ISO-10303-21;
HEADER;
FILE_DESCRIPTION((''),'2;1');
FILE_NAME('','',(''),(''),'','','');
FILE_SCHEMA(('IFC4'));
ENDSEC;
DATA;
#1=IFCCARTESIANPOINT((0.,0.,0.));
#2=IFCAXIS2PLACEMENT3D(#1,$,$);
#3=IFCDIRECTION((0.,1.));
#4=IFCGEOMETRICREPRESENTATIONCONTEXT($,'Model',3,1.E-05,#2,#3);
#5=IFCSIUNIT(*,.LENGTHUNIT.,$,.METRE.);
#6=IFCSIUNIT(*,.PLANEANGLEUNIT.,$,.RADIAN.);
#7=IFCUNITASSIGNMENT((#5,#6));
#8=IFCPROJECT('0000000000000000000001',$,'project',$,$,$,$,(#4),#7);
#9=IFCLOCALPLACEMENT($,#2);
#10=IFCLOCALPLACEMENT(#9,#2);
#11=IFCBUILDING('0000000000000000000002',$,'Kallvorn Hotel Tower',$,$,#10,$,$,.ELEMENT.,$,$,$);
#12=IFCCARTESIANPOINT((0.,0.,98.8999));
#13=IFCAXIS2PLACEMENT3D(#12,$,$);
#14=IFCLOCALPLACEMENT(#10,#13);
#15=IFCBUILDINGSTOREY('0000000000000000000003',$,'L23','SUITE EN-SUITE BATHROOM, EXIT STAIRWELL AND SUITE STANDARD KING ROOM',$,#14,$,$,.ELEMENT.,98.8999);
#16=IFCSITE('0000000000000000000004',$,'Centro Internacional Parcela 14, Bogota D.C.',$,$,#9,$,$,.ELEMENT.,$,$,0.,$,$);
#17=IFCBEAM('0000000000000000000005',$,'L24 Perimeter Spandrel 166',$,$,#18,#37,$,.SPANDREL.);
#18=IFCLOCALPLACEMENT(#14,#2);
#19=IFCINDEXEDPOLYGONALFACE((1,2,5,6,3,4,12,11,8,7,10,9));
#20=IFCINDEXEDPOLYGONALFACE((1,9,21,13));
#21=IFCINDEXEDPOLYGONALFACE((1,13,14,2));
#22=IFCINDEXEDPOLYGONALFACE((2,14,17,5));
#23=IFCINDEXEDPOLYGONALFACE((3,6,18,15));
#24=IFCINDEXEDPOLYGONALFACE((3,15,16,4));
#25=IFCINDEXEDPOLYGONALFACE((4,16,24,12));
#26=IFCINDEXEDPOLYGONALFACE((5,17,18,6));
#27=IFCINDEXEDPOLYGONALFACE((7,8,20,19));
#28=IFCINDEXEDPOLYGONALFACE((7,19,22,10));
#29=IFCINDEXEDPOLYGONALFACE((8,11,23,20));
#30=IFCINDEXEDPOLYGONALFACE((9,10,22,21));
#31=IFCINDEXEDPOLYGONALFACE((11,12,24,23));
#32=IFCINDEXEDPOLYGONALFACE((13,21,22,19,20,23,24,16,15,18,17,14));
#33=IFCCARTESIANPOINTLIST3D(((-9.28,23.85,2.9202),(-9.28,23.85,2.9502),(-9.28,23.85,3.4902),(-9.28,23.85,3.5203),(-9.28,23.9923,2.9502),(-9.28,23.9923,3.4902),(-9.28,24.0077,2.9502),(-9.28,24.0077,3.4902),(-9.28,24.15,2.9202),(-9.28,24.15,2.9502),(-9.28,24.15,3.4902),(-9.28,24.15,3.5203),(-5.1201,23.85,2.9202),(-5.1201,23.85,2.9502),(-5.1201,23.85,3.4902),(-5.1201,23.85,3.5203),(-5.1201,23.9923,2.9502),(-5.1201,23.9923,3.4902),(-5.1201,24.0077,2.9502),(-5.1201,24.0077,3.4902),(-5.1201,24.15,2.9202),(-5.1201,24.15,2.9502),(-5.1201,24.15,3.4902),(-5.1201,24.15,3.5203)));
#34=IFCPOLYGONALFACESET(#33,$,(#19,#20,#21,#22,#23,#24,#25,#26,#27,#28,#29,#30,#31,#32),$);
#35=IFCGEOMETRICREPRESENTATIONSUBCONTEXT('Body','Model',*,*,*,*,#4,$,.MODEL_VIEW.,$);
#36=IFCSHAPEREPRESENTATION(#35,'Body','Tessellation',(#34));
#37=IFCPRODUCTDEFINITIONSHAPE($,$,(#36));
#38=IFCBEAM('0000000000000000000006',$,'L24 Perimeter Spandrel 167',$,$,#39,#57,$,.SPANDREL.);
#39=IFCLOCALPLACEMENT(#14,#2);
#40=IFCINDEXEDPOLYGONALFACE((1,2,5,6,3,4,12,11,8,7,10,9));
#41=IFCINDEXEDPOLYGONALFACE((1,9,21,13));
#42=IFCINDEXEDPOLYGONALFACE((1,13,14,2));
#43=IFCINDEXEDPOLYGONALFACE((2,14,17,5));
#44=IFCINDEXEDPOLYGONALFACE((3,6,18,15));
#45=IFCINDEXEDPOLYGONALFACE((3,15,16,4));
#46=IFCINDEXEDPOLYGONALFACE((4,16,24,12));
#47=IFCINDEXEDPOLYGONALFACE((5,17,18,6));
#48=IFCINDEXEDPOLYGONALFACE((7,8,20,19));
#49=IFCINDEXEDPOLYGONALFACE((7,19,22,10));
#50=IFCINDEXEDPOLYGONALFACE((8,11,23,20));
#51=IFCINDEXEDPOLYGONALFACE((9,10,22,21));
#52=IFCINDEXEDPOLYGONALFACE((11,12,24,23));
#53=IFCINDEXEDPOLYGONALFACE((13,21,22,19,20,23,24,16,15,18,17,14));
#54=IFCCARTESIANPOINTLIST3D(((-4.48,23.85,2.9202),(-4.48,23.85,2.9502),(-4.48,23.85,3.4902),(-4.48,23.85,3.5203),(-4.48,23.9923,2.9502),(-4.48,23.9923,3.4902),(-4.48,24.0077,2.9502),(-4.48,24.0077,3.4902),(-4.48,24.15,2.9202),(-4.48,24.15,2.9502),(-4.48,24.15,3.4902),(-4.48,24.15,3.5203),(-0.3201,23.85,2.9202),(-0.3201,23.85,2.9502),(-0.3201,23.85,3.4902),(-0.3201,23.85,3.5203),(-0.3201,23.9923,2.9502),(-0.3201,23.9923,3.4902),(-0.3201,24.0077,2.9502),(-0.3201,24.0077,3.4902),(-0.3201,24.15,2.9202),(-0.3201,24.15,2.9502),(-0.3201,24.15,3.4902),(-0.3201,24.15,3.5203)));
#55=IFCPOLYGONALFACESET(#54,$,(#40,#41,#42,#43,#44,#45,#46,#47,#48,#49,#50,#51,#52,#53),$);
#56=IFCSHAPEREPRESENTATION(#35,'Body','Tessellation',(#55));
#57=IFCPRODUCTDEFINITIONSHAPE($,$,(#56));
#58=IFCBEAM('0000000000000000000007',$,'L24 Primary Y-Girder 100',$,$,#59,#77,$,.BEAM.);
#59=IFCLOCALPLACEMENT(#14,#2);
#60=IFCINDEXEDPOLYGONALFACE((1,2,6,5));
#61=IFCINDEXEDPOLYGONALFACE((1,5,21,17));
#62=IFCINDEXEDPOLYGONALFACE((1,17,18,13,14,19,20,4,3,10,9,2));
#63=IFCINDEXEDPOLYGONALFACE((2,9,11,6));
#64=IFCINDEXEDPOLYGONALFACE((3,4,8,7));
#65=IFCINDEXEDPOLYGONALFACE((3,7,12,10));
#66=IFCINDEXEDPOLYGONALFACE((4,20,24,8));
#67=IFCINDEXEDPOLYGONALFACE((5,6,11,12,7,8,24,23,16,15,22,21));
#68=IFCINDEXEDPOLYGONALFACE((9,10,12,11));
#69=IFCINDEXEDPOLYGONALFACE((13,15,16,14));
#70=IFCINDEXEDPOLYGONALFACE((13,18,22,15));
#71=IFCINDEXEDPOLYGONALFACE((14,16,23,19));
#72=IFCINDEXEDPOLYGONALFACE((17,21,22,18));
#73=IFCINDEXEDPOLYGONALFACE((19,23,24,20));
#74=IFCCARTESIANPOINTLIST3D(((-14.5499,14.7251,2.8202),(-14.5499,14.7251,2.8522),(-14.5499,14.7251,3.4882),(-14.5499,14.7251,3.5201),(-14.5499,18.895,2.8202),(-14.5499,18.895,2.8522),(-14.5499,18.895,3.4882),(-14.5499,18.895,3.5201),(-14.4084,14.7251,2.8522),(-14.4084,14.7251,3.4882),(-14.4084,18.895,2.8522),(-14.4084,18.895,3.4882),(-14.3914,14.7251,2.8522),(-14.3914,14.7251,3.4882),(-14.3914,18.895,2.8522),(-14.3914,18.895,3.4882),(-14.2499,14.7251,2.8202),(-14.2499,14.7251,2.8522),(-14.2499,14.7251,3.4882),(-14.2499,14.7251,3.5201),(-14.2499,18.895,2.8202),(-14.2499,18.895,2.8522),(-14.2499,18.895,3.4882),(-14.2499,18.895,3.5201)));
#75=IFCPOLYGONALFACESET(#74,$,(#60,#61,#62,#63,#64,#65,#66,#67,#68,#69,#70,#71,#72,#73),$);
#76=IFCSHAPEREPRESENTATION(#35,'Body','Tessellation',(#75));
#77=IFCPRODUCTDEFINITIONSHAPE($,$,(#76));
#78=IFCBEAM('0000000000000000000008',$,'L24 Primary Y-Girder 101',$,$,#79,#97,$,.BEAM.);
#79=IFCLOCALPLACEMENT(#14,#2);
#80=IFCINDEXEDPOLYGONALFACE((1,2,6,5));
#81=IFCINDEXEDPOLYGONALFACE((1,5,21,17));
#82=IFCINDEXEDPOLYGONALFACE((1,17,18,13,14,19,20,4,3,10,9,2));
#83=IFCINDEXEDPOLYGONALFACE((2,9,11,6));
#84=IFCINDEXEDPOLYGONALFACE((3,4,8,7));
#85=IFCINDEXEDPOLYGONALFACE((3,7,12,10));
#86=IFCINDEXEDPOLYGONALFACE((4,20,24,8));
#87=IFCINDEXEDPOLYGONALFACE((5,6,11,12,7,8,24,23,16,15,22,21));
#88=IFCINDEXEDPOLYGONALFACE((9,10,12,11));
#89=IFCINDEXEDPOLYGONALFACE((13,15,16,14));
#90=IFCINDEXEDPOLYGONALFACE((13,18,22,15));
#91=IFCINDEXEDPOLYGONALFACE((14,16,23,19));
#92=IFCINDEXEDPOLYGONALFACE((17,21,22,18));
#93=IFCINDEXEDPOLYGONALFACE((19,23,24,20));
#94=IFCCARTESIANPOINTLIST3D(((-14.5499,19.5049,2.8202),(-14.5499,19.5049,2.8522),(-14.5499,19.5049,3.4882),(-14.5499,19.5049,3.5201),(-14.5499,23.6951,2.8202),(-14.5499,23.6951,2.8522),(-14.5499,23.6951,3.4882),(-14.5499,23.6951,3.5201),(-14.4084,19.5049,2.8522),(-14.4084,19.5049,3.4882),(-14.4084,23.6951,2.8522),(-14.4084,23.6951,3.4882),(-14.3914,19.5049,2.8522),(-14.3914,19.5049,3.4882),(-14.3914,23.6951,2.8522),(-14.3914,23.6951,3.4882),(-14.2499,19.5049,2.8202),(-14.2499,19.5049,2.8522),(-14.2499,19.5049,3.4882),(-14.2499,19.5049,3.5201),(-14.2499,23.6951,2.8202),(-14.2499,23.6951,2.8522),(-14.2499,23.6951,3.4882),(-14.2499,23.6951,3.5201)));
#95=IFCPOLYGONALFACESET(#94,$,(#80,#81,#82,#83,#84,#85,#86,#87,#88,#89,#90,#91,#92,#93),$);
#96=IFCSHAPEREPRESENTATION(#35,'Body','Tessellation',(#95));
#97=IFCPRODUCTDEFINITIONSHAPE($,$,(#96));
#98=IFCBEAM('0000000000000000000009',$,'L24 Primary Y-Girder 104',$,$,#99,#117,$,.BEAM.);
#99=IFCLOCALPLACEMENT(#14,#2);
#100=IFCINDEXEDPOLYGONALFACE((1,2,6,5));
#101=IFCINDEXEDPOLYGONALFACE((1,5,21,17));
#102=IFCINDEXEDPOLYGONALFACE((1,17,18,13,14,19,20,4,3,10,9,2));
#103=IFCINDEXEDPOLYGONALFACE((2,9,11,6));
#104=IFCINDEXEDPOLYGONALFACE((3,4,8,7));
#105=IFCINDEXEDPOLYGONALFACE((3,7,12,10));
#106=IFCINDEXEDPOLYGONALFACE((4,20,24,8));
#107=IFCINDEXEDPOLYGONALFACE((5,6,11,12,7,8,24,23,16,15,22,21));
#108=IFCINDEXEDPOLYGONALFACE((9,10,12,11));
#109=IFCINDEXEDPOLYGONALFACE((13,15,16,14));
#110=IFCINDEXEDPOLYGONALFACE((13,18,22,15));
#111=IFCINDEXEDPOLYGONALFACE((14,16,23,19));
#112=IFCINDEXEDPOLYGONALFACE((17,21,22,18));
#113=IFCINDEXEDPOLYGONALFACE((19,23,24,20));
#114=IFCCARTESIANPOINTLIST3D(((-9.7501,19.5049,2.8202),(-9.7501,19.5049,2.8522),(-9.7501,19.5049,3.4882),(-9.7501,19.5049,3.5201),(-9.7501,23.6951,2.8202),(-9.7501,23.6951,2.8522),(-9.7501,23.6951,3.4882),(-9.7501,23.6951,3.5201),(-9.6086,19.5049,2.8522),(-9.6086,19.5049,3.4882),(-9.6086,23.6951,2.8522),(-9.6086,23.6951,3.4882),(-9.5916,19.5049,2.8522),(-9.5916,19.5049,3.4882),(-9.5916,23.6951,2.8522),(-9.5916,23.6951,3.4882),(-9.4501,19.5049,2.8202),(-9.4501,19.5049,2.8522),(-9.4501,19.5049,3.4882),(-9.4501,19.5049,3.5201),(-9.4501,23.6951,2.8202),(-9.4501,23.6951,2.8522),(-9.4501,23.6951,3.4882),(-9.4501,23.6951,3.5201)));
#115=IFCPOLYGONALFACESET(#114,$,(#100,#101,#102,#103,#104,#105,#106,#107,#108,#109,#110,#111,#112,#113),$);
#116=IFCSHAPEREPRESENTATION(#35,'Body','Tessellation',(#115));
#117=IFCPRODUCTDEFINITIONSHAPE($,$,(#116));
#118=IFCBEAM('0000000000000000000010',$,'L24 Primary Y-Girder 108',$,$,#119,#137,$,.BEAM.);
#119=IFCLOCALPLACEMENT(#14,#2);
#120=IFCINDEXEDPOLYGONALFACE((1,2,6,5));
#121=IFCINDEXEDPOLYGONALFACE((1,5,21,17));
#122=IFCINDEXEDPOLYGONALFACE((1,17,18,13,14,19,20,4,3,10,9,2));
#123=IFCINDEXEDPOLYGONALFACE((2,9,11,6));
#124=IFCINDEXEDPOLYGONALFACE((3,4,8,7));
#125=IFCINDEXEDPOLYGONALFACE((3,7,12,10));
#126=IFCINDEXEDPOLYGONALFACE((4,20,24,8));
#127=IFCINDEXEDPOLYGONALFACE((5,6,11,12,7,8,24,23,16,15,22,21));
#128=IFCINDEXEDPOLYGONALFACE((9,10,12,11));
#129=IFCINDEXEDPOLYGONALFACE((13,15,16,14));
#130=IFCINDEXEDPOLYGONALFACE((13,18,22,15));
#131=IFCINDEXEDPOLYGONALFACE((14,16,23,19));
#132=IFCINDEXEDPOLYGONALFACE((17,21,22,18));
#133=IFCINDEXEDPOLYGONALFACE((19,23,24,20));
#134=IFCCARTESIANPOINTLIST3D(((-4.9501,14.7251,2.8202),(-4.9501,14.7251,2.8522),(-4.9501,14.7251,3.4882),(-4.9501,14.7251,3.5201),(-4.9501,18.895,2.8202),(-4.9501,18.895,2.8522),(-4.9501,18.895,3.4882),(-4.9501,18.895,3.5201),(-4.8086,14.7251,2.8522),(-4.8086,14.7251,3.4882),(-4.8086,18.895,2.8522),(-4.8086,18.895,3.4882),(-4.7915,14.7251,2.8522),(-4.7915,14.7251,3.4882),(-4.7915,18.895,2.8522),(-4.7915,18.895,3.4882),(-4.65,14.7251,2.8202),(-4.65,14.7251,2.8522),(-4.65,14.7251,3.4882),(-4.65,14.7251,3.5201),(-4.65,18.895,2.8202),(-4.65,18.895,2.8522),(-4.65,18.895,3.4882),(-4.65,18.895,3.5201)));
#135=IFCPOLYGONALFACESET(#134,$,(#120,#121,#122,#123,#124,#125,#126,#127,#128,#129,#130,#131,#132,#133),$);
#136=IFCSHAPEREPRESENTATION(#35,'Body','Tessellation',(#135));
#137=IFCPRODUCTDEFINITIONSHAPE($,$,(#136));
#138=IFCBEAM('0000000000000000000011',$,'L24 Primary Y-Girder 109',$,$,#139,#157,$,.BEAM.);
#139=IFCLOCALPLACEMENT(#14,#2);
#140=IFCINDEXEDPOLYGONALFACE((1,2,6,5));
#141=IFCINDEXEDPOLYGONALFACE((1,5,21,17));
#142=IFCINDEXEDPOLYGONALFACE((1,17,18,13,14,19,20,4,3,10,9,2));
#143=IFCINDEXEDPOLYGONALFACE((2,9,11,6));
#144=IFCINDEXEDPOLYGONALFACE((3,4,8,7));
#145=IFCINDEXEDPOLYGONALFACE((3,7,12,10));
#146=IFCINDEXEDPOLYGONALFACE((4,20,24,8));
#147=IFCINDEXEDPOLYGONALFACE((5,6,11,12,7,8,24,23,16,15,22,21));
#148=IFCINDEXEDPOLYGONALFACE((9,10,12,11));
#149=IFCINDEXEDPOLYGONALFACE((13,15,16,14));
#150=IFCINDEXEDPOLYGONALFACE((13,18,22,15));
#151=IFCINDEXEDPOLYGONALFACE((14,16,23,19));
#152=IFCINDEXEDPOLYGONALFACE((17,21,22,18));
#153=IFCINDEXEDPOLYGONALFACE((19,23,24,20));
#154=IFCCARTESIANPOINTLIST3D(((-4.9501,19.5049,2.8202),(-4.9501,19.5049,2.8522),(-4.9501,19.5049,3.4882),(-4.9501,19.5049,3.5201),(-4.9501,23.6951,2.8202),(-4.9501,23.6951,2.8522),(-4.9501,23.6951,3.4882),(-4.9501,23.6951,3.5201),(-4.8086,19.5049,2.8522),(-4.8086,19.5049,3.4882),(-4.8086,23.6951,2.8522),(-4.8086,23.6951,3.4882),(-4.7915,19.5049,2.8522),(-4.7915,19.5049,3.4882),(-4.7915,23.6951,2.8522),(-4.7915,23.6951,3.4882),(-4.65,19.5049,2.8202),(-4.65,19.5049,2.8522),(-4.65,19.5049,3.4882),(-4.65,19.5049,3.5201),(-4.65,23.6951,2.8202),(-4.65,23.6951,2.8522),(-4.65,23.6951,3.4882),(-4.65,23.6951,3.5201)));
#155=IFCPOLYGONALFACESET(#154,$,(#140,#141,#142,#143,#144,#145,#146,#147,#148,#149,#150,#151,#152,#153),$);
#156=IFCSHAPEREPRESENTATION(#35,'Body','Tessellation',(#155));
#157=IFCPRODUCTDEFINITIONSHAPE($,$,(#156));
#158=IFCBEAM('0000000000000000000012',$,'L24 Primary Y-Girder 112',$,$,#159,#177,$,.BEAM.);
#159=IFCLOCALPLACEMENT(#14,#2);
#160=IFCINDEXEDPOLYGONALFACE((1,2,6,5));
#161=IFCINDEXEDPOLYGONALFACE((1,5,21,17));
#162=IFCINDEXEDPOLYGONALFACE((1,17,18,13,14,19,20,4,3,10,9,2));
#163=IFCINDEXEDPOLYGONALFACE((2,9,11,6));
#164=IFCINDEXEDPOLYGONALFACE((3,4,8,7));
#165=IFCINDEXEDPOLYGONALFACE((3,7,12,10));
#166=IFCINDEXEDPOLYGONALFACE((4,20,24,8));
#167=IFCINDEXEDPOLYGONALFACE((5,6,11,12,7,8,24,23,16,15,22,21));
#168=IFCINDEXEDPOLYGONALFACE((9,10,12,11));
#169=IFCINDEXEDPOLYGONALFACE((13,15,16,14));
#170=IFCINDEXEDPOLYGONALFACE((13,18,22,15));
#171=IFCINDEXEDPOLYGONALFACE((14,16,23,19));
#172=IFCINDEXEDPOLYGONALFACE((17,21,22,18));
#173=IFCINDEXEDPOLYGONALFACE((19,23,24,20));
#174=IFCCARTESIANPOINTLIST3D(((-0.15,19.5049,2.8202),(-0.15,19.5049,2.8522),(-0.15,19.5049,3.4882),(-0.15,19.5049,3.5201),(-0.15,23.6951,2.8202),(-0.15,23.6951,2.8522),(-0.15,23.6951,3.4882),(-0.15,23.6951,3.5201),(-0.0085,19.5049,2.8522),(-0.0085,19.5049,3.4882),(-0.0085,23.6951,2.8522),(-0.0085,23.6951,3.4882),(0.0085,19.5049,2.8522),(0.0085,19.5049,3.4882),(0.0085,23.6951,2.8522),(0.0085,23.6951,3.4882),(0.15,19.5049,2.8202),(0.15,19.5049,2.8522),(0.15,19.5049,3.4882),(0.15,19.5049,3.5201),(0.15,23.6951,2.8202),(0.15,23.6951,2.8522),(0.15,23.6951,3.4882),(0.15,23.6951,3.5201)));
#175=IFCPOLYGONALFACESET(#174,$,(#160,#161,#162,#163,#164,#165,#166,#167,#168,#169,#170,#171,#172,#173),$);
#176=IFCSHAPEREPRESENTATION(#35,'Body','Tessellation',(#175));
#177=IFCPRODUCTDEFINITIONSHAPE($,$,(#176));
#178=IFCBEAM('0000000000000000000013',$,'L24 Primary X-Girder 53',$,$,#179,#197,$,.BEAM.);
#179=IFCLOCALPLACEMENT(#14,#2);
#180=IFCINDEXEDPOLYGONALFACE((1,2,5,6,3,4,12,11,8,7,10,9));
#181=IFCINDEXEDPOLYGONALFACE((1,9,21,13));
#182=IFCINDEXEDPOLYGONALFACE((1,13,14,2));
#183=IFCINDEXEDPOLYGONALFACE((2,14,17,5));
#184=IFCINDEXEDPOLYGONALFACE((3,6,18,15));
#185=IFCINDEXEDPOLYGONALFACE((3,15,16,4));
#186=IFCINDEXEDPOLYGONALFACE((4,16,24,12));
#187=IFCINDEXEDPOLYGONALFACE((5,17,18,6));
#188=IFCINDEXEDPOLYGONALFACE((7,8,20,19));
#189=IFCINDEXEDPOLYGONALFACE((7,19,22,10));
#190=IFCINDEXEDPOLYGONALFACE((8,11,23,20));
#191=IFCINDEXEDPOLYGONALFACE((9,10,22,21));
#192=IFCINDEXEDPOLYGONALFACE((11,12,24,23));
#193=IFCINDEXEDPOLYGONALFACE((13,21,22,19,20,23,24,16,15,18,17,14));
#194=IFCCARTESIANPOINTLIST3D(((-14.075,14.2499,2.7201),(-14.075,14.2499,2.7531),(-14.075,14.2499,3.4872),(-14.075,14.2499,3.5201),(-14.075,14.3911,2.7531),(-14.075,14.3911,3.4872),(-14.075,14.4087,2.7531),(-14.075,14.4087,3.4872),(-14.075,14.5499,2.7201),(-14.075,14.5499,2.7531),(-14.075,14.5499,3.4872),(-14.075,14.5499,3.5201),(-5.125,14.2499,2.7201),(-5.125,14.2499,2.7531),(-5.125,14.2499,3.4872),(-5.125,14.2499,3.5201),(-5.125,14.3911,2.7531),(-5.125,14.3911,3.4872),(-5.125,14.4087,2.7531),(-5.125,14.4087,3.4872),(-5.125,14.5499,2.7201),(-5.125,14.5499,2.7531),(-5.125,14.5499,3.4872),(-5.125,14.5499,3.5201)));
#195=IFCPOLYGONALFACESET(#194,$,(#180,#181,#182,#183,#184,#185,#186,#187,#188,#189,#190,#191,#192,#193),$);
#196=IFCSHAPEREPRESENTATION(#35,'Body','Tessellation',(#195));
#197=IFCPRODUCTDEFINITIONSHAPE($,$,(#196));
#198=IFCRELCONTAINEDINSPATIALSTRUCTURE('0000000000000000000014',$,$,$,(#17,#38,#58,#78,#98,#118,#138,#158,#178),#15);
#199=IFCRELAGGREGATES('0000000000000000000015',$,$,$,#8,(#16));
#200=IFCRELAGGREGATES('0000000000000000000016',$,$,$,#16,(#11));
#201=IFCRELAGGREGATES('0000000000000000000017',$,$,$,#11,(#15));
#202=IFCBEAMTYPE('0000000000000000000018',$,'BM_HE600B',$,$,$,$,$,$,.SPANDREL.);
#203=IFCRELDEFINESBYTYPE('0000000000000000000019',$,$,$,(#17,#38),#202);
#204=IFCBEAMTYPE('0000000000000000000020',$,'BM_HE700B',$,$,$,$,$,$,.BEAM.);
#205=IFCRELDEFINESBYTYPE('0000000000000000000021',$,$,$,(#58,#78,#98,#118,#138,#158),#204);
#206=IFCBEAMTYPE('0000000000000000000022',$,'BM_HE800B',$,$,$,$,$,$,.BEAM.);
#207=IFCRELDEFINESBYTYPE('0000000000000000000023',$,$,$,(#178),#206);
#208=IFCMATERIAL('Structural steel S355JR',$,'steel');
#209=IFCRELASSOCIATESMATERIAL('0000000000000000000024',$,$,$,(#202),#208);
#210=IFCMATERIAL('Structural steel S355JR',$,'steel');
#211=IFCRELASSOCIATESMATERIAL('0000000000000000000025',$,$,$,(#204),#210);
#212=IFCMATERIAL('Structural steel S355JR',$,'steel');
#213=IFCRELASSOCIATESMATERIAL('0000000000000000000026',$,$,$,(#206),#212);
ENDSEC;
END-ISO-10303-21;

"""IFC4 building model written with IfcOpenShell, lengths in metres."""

from ifc_helpers import new_model, si_unit, direction, frame, origin, origin_2d, place, context, subcontext, project, spatial, i_section, extrude, material, material_profile, profile_set, type_object, element, save


model = new_model("IFC4")

# Units and contexts
model_context = context("Model", 3, precision=1e-05, world=origin(), true_north=direction((0.0, 1.0)))
body_context = subcontext(model_context, "Body", "Model", "MODEL_VIEW")
ifc_project = project(units=[si_unit("LENGTHUNIT", "METRE"), si_unit("PLANEANGLEUNIT", "RADIAN")], contexts=[model_context])

# Site, building, storey
site_placement = place(None, origin())
site = spatial("IfcSite", under=ifc_project, at=site_placement, Name="Centro Internacional Parcela 14, Bogota D.C.", CompositionType="ELEMENT", RefElevation=0.0)
building_placement = place(site_placement, origin())
building = spatial("IfcBuilding", under=site, at=building_placement, Name="Kallvorn Hotel Tower", CompositionType="ELEMENT")
storey_placement = place(building_placement, frame((0.0, 0.0, 98.8999)))
storey = spatial("IfcBuildingStorey", under=building, at=storey_placement, Name="L23", Description="SUITE EN-SUITE BATHROOM, EXIT STAIRWELL AND SUITE STANDARD KING ROOM", CompositionType="ELEMENT", Elevation=98.8999)

# Beams
ifc_material_1 = material(Name="Structural steel S355JR", Category="steel")
ifc_material_profile_1 = material_profile(ifc_material_1, i_section(OverallWidth=0.3, OverallDepth=0.6001, WebThickness=0.0154, FlangeThickness=0.03, at=origin_2d()), Name="HE 600 B")
ifc_profile_set_1 = profile_set([ifc_material_profile_1], Name="Structural steel S355JR")
beam_type_1 = type_object("IfcBeamType", Name="BM_HE600B", PredefinedType="SPANDREL", material=ifc_profile_set_1)
for number, where, z_axis, x_axis, name in (
    (1, (-9.28, 24.0, 3.2202), (1.0, 0.0, 0.0), (0.0, 1.0, 0.0), "L24 Perimeter Spandrel 166"),
    (2, (-4.48, 24.0, 3.2202), (1.0, 0.0, 0.0), (0.0, 1.0, 0.0), "L24 Perimeter Spandrel 167"),
):
    element("IfcBeam", number, at=place(storey_placement, frame(where, z_axis=z_axis, x_axis=x_axis)), inside=storey, type_object=beam_type_1, Name=name, PredefinedType="SPANDREL", context=body_context, shape_type="SweptSolid", body=[
        extrude(i_section(OverallWidth=0.3, OverallDepth=0.6001, WebThickness=0.0154, FlangeThickness=0.03, at=origin_2d()), origin(), (0.0, 0.0, 1.0), 4.1599),
    ])
ifc_material_2 = material(Name="Structural steel S355JR", Category="steel")
ifc_material_profile_2 = material_profile(ifc_material_2, i_section(OverallWidth=0.3, OverallDepth=0.7, WebThickness=0.0171, FlangeThickness=0.032, at=origin_2d()), Name="HE 700 B")
ifc_profile_set_2 = profile_set([ifc_material_profile_2], Name="Structural steel S355JR")
beam_type_2 = type_object("IfcBeamType", Name="BM_HE700B", PredefinedType="BEAM", material=ifc_profile_set_2)
beam_1_placement = place(storey_placement, frame((-14.3999, 14.7251, 3.1702), z_axis=(0.0, 1.0, 0.0), x_axis=(-1.0, 0.0, 0.0)))
element("IfcBeam", 3, at=beam_1_placement, inside=storey, type_object=beam_type_2, Name="L24 Primary Y-Girder 100", PredefinedType="BEAM", context=body_context, shape_type="SweptSolid", body=[
    extrude(i_section(OverallWidth=0.3, OverallDepth=0.7, WebThickness=0.0171, FlangeThickness=0.032, at=origin_2d()), origin(), (0.0, 0.0, 1.0), 4.1699),
])
for number, where, z_axis, x_axis, name in (
    (4, (-14.3999, 19.5049, 3.1702), (0.0, 1.0, 0.0), (-1.0, 0.0, 0.0), "L24 Primary Y-Girder 101"),
    (5, (-9.6001, 19.5049, 3.1702), (0.0, 1.0, 0.0), (-1.0, 0.0, 0.0), "L24 Primary Y-Girder 104"),
):
    element("IfcBeam", number, at=place(storey_placement, frame(where, z_axis=z_axis, x_axis=x_axis)), inside=storey, type_object=beam_type_2, Name=name, PredefinedType="BEAM", context=body_context, shape_type="SweptSolid", body=[
        extrude(i_section(OverallWidth=0.3, OverallDepth=0.7, WebThickness=0.0171, FlangeThickness=0.032, at=origin_2d()), origin(), (0.0, 0.0, 1.0), 4.1902),
    ])
beam_2_placement = place(storey_placement, frame((-4.8, 14.7251, 3.1702), z_axis=(0.0, 1.0, 0.0), x_axis=(-1.0, 0.0, 0.0)))
element("IfcBeam", 6, at=beam_2_placement, inside=storey, type_object=beam_type_2, Name="L24 Primary Y-Girder 108", PredefinedType="BEAM", context=body_context, shape_type="SweptSolid", body=[
    extrude(i_section(OverallWidth=0.3, OverallDepth=0.7, WebThickness=0.0171, FlangeThickness=0.032, at=origin_2d()), origin(), (0.0, 0.0, 1.0), 4.1699),
])
for number, where, z_axis, x_axis, name in (
    (7, (-4.8, 19.5049, 3.1702), (0.0, 1.0, 0.0), (-1.0, 0.0, 0.0), "L24 Primary Y-Girder 109"),
    (8, (0.0, 19.5049, 3.1702), (0.0, 1.0, 0.0), (-1.0, 0.0, 0.0), "L24 Primary Y-Girder 112"),
):
    element("IfcBeam", number, at=place(storey_placement, frame(where, z_axis=z_axis, x_axis=x_axis)), inside=storey, type_object=beam_type_2, Name=name, PredefinedType="BEAM", context=body_context, shape_type="SweptSolid", body=[
        extrude(i_section(OverallWidth=0.3, OverallDepth=0.7, WebThickness=0.0171, FlangeThickness=0.032, at=origin_2d()), origin(), (0.0, 0.0, 1.0), 4.1902),
    ])
ifc_material_3 = material(Name="Structural steel S355JR", Category="steel")
ifc_material_profile_3 = material_profile(ifc_material_3, i_section(OverallWidth=0.3, OverallDepth=0.8, WebThickness=0.0176, FlangeThickness=0.033, at=origin_2d()), Name="HE 800 B")
ifc_profile_set_3 = profile_set([ifc_material_profile_3], Name="Structural steel S355JR")
beam_type_3 = type_object("IfcBeamType", Name="BM_HE800B", PredefinedType="BEAM", material=ifc_profile_set_3)
beam_3_placement = place(storey_placement, frame((-14.075, 14.3999, 3.1201), z_axis=(1.0, 0.0, 0.0), x_axis=(0.0, 1.0, 0.0)))
element("IfcBeam", 9, at=beam_3_placement, inside=storey, type_object=beam_type_3, Name="L24 Primary X-Girder 53", PredefinedType="BEAM", context=body_context, shape_type="SweptSolid", body=[
    extrude(i_section(OverallWidth=0.3, OverallDepth=0.8, WebThickness=0.0176, FlangeThickness=0.033, at=origin_2d()), origin(), (0.0, 0.0, 1.0), 8.95),
])

save(model, "model.ifc")
